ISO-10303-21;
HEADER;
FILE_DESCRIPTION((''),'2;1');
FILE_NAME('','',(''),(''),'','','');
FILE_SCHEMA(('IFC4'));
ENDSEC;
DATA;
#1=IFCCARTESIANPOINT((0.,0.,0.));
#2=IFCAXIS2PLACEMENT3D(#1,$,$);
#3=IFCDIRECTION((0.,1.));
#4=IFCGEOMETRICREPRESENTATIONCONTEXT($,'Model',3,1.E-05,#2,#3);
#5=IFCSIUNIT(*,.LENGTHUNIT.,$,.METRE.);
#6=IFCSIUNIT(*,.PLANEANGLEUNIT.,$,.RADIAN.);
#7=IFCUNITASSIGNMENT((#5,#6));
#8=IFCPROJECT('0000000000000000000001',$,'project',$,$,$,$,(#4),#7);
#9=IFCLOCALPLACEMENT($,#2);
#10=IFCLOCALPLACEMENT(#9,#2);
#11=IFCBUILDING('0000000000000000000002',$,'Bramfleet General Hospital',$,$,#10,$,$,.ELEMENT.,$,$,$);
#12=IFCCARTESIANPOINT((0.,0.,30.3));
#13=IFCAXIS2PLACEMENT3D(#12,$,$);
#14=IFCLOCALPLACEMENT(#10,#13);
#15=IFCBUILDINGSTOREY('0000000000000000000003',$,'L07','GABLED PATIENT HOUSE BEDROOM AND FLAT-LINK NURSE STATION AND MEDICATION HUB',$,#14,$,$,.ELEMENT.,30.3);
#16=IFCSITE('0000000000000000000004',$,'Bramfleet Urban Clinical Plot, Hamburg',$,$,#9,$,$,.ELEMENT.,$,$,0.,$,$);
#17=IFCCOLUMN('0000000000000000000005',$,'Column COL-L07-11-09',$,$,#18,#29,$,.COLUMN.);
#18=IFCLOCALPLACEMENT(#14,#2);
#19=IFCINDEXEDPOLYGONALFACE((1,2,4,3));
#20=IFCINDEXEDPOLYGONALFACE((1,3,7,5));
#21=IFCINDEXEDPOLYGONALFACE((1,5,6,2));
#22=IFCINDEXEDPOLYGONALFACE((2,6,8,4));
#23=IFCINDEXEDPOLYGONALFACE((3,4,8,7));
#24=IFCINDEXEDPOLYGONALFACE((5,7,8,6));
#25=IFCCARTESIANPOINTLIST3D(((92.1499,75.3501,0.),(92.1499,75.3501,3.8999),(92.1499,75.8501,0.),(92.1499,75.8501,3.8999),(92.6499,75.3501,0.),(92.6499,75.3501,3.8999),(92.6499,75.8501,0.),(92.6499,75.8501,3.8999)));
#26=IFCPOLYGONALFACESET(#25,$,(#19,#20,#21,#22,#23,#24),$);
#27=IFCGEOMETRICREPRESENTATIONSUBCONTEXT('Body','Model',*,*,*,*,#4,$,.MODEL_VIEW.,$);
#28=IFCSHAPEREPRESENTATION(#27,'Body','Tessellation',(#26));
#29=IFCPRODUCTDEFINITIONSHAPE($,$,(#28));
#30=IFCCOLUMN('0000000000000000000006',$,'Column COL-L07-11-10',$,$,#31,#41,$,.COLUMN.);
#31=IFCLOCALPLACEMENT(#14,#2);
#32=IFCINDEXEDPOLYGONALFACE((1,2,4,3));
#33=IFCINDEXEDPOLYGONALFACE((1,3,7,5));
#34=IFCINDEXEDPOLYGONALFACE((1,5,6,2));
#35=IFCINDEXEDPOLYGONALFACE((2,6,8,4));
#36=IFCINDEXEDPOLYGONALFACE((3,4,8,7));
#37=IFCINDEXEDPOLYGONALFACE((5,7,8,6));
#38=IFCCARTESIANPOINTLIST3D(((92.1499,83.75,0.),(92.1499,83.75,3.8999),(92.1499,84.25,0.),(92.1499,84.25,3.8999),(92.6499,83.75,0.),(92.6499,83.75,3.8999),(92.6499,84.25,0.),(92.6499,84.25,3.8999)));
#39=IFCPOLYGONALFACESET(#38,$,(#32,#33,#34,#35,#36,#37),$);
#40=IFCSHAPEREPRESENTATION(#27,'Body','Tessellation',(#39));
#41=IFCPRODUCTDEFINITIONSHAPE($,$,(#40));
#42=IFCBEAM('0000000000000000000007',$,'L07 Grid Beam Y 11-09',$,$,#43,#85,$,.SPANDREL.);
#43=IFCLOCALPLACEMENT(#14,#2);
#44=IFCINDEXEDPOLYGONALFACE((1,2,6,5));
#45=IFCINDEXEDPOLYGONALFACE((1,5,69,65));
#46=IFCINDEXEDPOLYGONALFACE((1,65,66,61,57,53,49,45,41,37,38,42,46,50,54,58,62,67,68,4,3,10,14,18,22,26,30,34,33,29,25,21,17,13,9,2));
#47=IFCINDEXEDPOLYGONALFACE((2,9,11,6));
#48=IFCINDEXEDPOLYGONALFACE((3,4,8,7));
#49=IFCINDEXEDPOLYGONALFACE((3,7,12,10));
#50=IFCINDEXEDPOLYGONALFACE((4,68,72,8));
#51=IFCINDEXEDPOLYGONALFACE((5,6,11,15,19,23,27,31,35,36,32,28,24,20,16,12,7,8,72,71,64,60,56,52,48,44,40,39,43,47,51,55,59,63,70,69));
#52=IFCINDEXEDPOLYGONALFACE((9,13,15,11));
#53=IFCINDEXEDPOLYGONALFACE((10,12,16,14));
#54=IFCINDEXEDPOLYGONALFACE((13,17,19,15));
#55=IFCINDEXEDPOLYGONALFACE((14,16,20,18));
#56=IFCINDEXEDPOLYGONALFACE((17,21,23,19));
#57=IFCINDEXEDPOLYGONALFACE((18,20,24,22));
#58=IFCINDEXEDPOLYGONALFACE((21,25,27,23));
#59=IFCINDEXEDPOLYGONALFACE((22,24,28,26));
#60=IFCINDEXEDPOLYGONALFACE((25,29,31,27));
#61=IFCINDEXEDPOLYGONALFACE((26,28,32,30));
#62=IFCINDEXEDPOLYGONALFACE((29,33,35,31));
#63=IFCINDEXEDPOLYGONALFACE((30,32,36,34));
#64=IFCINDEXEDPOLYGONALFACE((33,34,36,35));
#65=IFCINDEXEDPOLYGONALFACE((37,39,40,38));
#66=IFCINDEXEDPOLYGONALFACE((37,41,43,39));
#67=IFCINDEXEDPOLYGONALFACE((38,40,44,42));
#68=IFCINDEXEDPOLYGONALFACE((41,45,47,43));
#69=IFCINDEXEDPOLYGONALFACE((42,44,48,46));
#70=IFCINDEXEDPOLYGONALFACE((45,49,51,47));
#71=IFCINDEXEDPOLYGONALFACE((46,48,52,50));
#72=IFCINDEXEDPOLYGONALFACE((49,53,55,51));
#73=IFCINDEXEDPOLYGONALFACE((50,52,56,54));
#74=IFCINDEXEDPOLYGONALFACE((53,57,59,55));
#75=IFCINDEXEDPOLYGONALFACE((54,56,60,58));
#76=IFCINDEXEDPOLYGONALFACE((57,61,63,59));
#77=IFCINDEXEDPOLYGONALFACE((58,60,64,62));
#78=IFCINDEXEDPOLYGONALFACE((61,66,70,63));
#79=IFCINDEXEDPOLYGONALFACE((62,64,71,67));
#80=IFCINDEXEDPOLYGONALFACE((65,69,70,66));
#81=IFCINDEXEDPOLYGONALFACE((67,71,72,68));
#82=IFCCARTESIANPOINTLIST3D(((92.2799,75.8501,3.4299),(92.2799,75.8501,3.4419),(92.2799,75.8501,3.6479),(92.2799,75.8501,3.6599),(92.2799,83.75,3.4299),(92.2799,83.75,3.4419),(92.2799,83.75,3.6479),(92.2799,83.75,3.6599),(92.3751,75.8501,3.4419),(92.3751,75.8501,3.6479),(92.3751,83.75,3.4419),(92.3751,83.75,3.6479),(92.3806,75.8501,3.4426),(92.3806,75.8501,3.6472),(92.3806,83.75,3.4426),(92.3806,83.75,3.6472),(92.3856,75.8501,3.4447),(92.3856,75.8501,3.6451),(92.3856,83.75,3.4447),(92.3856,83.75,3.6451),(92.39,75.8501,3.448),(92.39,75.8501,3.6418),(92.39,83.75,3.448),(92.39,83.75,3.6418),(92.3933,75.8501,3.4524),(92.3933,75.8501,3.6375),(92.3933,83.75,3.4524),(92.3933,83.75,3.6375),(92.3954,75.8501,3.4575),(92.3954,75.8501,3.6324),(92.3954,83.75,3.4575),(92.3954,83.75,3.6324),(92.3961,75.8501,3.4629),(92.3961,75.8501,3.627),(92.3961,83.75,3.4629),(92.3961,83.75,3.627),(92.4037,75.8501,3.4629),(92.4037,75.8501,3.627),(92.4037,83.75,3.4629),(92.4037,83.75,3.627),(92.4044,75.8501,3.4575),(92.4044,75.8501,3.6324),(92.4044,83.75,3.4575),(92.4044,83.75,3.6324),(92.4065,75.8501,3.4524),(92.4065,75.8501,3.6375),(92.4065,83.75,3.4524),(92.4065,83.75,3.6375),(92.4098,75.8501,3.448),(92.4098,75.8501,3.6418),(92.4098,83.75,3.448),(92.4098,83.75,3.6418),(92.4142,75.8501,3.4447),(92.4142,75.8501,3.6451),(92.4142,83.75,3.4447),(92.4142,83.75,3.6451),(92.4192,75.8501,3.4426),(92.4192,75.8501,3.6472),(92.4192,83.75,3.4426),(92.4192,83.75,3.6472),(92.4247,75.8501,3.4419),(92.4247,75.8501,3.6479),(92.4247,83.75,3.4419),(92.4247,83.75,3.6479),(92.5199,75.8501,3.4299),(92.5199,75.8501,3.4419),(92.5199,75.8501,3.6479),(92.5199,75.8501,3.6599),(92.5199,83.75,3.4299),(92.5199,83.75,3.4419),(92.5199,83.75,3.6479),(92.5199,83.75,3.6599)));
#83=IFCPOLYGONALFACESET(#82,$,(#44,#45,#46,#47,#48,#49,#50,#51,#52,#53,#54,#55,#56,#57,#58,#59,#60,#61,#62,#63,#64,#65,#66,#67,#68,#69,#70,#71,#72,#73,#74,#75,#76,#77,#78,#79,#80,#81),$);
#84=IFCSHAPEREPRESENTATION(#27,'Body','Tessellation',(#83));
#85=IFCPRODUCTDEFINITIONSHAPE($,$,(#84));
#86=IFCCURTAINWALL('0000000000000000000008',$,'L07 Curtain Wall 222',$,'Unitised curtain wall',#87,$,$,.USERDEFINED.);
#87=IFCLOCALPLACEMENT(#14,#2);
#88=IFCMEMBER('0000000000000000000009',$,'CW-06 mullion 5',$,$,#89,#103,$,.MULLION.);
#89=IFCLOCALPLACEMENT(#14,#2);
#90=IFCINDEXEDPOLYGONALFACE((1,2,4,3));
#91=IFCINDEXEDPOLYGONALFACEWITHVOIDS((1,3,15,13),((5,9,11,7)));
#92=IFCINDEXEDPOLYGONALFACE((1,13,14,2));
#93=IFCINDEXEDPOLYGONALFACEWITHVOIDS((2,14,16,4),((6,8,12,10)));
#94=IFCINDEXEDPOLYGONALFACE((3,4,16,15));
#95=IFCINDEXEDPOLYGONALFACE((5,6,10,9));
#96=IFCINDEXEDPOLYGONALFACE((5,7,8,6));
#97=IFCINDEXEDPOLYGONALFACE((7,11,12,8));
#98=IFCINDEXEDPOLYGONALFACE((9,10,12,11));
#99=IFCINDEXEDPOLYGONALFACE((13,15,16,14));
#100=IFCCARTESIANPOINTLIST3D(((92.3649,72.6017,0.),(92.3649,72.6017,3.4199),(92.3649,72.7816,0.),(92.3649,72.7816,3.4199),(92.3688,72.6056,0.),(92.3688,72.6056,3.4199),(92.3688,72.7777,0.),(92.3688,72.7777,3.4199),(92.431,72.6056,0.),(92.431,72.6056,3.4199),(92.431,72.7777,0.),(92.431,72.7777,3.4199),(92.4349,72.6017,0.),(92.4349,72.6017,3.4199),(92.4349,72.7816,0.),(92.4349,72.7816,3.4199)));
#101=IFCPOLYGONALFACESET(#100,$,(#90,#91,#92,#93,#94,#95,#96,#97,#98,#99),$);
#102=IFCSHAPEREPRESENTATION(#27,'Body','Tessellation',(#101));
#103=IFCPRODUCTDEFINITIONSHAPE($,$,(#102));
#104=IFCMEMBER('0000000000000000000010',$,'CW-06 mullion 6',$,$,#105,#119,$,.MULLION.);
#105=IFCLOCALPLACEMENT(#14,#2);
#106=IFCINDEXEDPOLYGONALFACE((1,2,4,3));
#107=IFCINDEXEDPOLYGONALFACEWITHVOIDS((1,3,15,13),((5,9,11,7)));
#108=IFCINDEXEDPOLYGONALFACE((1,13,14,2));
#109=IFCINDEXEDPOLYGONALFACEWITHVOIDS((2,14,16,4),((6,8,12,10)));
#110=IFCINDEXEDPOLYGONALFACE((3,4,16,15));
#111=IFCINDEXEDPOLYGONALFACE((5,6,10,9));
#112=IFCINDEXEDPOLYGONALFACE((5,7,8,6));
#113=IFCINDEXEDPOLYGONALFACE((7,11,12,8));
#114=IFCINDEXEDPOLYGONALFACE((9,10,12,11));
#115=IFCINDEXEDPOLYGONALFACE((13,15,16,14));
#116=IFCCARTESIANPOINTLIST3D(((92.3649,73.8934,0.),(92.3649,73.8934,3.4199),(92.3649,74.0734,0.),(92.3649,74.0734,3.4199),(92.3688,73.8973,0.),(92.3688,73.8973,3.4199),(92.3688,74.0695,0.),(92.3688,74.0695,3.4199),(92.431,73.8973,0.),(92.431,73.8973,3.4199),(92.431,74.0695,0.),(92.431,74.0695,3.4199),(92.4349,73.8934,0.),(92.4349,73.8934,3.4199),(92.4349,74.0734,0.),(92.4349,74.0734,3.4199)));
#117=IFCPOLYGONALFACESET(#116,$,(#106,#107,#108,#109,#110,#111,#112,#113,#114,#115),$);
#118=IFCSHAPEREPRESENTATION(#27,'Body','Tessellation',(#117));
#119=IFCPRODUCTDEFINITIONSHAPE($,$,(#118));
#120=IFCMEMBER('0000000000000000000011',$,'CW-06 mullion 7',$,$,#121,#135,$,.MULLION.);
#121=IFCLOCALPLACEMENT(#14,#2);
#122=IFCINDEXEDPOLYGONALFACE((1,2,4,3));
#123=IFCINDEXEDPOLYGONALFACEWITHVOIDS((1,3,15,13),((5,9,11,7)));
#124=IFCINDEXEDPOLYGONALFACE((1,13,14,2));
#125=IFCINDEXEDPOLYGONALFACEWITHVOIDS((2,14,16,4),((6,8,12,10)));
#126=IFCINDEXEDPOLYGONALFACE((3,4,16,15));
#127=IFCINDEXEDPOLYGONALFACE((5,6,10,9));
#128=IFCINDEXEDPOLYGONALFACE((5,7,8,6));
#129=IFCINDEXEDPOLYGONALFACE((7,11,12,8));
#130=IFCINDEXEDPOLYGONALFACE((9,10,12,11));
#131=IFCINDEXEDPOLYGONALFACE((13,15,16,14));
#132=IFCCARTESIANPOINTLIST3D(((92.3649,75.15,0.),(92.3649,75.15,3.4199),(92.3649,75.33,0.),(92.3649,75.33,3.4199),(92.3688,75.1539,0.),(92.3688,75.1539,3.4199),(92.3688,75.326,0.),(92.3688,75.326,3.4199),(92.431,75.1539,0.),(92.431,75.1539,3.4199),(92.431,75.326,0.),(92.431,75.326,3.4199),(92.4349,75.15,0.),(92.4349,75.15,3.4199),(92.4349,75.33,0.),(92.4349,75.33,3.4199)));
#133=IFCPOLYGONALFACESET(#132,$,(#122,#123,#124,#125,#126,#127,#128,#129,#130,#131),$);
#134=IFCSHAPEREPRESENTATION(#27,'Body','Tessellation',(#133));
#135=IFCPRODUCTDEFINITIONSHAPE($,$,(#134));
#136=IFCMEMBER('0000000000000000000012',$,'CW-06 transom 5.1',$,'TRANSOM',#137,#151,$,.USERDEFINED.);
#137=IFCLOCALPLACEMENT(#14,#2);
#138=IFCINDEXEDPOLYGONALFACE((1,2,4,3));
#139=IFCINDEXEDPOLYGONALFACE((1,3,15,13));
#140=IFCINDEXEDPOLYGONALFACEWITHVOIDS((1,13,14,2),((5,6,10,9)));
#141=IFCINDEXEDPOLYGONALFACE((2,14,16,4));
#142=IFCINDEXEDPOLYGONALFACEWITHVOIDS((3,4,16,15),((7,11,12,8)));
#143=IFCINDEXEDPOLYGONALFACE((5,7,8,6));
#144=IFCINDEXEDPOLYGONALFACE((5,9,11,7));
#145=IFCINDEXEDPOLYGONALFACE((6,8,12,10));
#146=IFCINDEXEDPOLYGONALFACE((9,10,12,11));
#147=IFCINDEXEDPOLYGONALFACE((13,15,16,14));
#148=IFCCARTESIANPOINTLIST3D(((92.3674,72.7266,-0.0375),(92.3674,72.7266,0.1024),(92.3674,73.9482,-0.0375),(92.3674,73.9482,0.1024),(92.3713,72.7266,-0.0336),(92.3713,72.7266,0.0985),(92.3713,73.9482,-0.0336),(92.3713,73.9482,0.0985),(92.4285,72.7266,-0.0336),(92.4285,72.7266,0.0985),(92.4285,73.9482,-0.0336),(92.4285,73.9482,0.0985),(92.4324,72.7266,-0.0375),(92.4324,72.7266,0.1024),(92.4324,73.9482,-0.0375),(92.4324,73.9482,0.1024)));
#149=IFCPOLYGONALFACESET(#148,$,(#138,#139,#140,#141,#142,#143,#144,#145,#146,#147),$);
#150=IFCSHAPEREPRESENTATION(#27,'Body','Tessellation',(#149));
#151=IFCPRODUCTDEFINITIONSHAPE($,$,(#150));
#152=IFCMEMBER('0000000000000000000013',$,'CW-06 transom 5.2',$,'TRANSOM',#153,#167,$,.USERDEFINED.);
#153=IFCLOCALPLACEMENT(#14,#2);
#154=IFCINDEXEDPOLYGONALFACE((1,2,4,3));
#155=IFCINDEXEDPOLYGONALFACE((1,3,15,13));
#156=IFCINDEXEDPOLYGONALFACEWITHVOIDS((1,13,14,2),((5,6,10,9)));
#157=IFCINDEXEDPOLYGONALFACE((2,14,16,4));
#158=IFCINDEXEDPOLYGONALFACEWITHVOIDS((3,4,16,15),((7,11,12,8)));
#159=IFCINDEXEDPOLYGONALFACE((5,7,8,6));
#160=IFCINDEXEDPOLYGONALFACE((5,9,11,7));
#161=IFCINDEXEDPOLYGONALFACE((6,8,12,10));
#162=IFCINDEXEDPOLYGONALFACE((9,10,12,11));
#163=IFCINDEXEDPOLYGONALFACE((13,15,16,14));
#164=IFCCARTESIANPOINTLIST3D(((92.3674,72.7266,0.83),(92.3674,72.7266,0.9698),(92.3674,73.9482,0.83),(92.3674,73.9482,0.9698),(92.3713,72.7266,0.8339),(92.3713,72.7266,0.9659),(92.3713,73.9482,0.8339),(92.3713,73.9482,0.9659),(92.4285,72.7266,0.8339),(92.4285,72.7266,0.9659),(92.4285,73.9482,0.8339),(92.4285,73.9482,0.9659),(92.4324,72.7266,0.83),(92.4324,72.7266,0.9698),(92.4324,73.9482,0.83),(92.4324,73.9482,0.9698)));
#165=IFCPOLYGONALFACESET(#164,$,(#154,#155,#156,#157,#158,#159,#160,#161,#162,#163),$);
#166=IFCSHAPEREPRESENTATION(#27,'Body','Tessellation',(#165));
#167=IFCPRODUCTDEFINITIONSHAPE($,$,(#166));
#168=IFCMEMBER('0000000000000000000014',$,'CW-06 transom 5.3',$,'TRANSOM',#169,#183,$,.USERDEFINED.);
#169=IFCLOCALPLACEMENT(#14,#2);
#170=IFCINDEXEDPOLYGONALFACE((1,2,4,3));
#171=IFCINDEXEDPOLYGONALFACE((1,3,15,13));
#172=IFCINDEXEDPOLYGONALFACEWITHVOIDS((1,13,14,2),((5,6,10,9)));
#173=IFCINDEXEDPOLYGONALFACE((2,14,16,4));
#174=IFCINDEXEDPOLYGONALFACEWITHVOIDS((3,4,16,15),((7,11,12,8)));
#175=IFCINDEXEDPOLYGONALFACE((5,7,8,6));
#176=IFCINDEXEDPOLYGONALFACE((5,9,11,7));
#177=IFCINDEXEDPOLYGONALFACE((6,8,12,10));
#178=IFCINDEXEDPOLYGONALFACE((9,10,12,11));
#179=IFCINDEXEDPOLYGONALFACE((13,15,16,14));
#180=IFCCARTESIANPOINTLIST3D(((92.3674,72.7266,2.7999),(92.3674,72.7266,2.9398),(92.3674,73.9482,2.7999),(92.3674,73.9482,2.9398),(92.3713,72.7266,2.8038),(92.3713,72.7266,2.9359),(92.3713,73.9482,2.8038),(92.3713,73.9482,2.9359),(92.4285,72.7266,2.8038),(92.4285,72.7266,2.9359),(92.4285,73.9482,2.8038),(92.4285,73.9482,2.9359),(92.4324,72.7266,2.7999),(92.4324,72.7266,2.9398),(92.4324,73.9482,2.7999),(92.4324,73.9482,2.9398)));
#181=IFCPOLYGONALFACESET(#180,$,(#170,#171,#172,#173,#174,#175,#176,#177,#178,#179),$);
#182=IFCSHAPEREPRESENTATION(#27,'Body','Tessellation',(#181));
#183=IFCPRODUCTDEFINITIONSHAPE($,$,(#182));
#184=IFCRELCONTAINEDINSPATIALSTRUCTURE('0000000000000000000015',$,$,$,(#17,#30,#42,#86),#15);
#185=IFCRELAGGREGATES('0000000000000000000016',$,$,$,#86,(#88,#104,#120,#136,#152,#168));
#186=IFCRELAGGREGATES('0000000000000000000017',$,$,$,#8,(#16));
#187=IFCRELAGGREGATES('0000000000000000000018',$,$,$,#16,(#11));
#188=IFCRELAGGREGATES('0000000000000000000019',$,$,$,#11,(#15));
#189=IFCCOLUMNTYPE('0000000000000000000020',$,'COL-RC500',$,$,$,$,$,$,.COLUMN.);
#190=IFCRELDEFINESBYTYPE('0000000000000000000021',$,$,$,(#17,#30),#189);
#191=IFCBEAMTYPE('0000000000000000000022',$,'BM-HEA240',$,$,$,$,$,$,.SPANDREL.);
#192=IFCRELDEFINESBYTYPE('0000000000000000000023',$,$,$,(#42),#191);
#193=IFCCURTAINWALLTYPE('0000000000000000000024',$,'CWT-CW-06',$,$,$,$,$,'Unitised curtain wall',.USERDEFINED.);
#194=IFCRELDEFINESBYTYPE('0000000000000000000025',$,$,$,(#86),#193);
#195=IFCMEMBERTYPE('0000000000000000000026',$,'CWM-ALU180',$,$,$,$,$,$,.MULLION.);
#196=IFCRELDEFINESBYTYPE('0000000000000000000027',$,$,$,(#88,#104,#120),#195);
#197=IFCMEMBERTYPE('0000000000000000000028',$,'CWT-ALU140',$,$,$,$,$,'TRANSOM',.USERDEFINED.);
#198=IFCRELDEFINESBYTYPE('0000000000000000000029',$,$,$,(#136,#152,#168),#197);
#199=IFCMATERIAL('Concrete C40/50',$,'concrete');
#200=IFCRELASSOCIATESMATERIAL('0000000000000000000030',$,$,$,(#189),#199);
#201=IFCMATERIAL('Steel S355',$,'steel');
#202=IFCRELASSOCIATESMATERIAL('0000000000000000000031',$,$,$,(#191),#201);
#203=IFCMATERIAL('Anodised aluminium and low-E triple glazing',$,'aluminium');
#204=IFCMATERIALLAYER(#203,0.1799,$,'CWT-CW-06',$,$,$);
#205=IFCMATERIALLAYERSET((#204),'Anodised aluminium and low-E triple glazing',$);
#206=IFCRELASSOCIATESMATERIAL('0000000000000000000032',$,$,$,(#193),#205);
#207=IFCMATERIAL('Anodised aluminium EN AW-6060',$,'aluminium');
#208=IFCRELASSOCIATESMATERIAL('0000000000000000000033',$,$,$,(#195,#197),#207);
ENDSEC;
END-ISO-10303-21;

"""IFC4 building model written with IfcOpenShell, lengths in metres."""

from ifc_helpers import new_model, si_unit, direction, frame, origin, origin_2d, place, context, subcontext, project, spatial, rectangle, hollow_rectangle, i_section, extrude, material, layer, layer_set, material_profile, profile_set, type_object, element, aggregate, save


model = new_model("IFC4")

# Units and contexts
model_context = context("Model", 3, precision=1e-05, world=origin(), true_north=direction((0.0, 1.0)))
body_context = subcontext(model_context, "Body", "Model", "MODEL_VIEW")
ifc_project = project(units=[si_unit("LENGTHUNIT", "METRE"), si_unit("PLANEANGLEUNIT", "RADIAN")], contexts=[model_context])

# Site, building, storey
site_placement = place(None, origin())
site = spatial("IfcSite", under=ifc_project, at=site_placement, Name="Bramfleet Urban Clinical Plot, Hamburg", CompositionType="ELEMENT", RefElevation=0.0)
building_placement = place(site_placement, origin())
building = spatial("IfcBuilding", under=site, at=building_placement, Name="Bramfleet General Hospital", CompositionType="ELEMENT")
storey_placement = place(building_placement, frame((0.0, 0.0, 30.3)))
storey = spatial("IfcBuildingStorey", under=building, at=storey_placement, Name="L07", Description="GABLED PATIENT HOUSE BEDROOM AND FLAT-LINK NURSE STATION AND MEDICATION HUB", CompositionType="ELEMENT", Elevation=30.3)

# Columns
ifc_material_1 = material(Name="Concrete C40/50", Category="concrete")
ifc_material_profile_1 = material_profile(ifc_material_1, rectangle(XDim=0.5, YDim=0.5, at=origin_2d()), Name="RC COL 500x500")
ifc_profile_set_1 = profile_set([ifc_material_profile_1], Name="Concrete C40/50")
column_type = type_object("IfcColumnType", Name="COL-RC500", PredefinedType="COLUMN", material=ifc_profile_set_1)
for number, where, z_axis, x_axis, name in (
    (1, (92.3999, 75.6001, 0.0), (0.0, 0.0, 1.0), (1.0, 0.0, 0.0), "Column COL-L07-11-09"),
    (2, (92.3999, 84.0, 0.0), (0.0, 0.0, 1.0), (1.0, 0.0, 0.0), "Column COL-L07-11-10"),
):
    element("IfcColumn", number, at=place(storey_placement, frame(where, z_axis=z_axis, x_axis=x_axis)), inside=storey, type_object=column_type, Name=name, PredefinedType="COLUMN", context=body_context, shape_type="SweptSolid", body=[
        extrude(rectangle(XDim=0.5, YDim=0.5, at=origin_2d()), origin(), (0.0, 0.0, 1.0), 3.8999),
    ])

# Beam
ifc_material_2 = material(Name="Steel S355", Category="steel")
ifc_material_profile_2 = material_profile(ifc_material_2, i_section(OverallWidth=0.24, OverallDepth=0.23, WebThickness=0.0076, FlangeThickness=0.012, FilletRadius=0.021, at=origin_2d()), Name="HEA 240")
ifc_profile_set_2 = profile_set([ifc_material_profile_2], Name="Steel S355")
beam_type = type_object("IfcBeamType", Name="BM-HEA240", PredefinedType="SPANDREL", material=ifc_profile_set_2)
beam_placement = place(storey_placement, frame((92.3999, 75.8501, 3.5449), z_axis=(0.0, 1.0, 0.0), x_axis=(-1.0, 0.0, 0.0)))
element("IfcBeam", 3, at=beam_placement, inside=storey, type_object=beam_type, Name="L07 Grid Beam Y 11-09", PredefinedType="SPANDREL", context=body_context, shape_type="SweptSolid", body=[
    extrude(i_section(OverallWidth=0.24, OverallDepth=0.23, WebThickness=0.0076, FlangeThickness=0.012, FilletRadius=0.021, at=origin_2d()), origin(), (0.0, 0.0, 1.0), 7.8999),
])

# Curtain wall, members
ifc_material_3 = material(Name="Anodised aluminium and low-E triple glazing", Category="aluminium")
ifc_layer_1 = layer(ifc_material_3, 0.1799, Name="CWT-CW-06")
ifc_layer_set_1 = layer_set([ifc_layer_1], Name="Anodised aluminium and low-E triple glazing")
curtain_wall_type = type_object("IfcCurtainWallType", Name="CWT-CW-06", ElementType="Unitised curtain wall", PredefinedType="USERDEFINED", material=ifc_layer_set_1)
curtain_wall_placement = place(storey_placement, origin())
curtain_wall = element("IfcCurtainWall", 4, at=curtain_wall_placement, inside=storey, type_object=curtain_wall_type, Name="L07 Curtain Wall 222", ObjectType="Unitised curtain wall", PredefinedType="USERDEFINED")
ifc_material_4 = material(Name="Anodised aluminium EN AW-6060", Category="aluminium")
ifc_material_profile_3 = material_profile(ifc_material_4, hollow_rectangle(XDim=0.0701, YDim=0.1799, WallThickness=0.0039, at=origin_2d()), Name="ALU 180x70x4.0")
ifc_profile_set_3 = profile_set([ifc_material_profile_3], Name="Anodised aluminium EN AW-6060")
member_type_1 = type_object("IfcMemberType", Name="CWM-ALU180", PredefinedType="MULLION", material=ifc_profile_set_3)
member_1_placement = place(storey_placement, frame((92.3999, 72.6917, 0.0), z_axis=(0.0, 0.0, 1.0), x_axis=(-1.0, 0.0, 0.0)))
member_1 = element("IfcMember", 5, at=member_1_placement, type_object=member_type_1, Name="CW-06 mullion 5", PredefinedType="MULLION", context=body_context, shape_type="SweptSolid", body=[
    extrude(hollow_rectangle(XDim=0.0701, YDim=0.1799, WallThickness=0.0039, at=origin_2d()), origin(), (0.0, 0.0, 1.0), 3.4199),
])
member_2_placement = place(storey_placement, frame((92.3999, 73.9834, 0.0), z_axis=(0.0, 0.0, 1.0), x_axis=(-1.0, 0.0, 0.0)))
member_2 = element("IfcMember", 6, at=member_2_placement, type_object=member_type_1, Name="CW-06 mullion 6", PredefinedType="MULLION", context=body_context, shape_type="SweptSolid", body=[
    extrude(hollow_rectangle(XDim=0.0701, YDim=0.1799, WallThickness=0.0039, at=origin_2d()), origin(), (0.0, 0.0, 1.0), 3.4199),
])
member_3_placement = place(storey_placement, frame((92.3999, 75.24, 0.0), z_axis=(0.0, 0.0, 1.0), x_axis=(-1.0, 0.0, 0.0)))
member_3 = element("IfcMember", 7, at=member_3_placement, type_object=member_type_1, Name="CW-06 mullion 7", PredefinedType="MULLION", context=body_context, shape_type="SweptSolid", body=[
    extrude(hollow_rectangle(XDim=0.0701, YDim=0.1799, WallThickness=0.0039, at=origin_2d()), origin(), (0.0, 0.0, 1.0), 3.4199),
])
ifc_material_profile_4 = material_profile(ifc_material_4, hollow_rectangle(XDim=0.0649, YDim=0.1399, WallThickness=0.0039, at=origin_2d()), Name="ALU 140x65x4.0")
ifc_profile_set_4 = profile_set([ifc_material_profile_4], Name="Anodised aluminium EN AW-6060")
member_type_2 = type_object("IfcMemberType", Name="CWT-ALU140", ElementType="TRANSOM", PredefinedType="USERDEFINED", material=ifc_profile_set_4)
member_4_placement = place(storey_placement, frame((92.3999, 72.7266, 0.0325), z_axis=(0.0, 1.0, 0.0), x_axis=(-1.0, 0.0, 0.0)))
member_4 = element("IfcMember", 8, at=member_4_placement, type_object=member_type_2, Name="CW-06 transom 5.1", ObjectType="TRANSOM", PredefinedType="USERDEFINED", context=body_context, shape_type="SweptSolid", body=[
    extrude(hollow_rectangle(XDim=0.0649, YDim=0.1399, WallThickness=0.0039, at=origin_2d()), origin(), (0.0, 0.0, 1.0), 1.2217),
])
member_5_placement = place(storey_placement, frame((92.3999, 72.7266, 0.8999), z_axis=(0.0, 1.0, 0.0), x_axis=(-1.0, 0.0, 0.0)))
member_5 = element("IfcMember", 9, at=member_5_placement, type_object=member_type_2, Name="CW-06 transom 5.2", ObjectType="TRANSOM", PredefinedType="USERDEFINED", context=body_context, shape_type="SweptSolid", body=[
    extrude(hollow_rectangle(XDim=0.0649, YDim=0.1399, WallThickness=0.0039, at=origin_2d()), origin(), (0.0, 0.0, 1.0), 1.2217),
])
member_6_placement = place(storey_placement, frame((92.3999, 72.7266, 2.8699), z_axis=(0.0, 1.0, 0.0), x_axis=(-1.0, 0.0, 0.0)))
member_6 = element("IfcMember", 10, at=member_6_placement, type_object=member_type_2, Name="CW-06 transom 5.3", ObjectType="TRANSOM", PredefinedType="USERDEFINED", context=body_context, shape_type="SweptSolid", body=[
    extrude(hollow_rectangle(XDim=0.0649, YDim=0.1399, WallThickness=0.0039, at=origin_2d()), origin(), (0.0, 0.0, 1.0), 1.2217),
])
aggregate(curtain_wall, [member_1, member_2, member_3, member_4, member_5, member_6])

save(model, "model.ifc")
